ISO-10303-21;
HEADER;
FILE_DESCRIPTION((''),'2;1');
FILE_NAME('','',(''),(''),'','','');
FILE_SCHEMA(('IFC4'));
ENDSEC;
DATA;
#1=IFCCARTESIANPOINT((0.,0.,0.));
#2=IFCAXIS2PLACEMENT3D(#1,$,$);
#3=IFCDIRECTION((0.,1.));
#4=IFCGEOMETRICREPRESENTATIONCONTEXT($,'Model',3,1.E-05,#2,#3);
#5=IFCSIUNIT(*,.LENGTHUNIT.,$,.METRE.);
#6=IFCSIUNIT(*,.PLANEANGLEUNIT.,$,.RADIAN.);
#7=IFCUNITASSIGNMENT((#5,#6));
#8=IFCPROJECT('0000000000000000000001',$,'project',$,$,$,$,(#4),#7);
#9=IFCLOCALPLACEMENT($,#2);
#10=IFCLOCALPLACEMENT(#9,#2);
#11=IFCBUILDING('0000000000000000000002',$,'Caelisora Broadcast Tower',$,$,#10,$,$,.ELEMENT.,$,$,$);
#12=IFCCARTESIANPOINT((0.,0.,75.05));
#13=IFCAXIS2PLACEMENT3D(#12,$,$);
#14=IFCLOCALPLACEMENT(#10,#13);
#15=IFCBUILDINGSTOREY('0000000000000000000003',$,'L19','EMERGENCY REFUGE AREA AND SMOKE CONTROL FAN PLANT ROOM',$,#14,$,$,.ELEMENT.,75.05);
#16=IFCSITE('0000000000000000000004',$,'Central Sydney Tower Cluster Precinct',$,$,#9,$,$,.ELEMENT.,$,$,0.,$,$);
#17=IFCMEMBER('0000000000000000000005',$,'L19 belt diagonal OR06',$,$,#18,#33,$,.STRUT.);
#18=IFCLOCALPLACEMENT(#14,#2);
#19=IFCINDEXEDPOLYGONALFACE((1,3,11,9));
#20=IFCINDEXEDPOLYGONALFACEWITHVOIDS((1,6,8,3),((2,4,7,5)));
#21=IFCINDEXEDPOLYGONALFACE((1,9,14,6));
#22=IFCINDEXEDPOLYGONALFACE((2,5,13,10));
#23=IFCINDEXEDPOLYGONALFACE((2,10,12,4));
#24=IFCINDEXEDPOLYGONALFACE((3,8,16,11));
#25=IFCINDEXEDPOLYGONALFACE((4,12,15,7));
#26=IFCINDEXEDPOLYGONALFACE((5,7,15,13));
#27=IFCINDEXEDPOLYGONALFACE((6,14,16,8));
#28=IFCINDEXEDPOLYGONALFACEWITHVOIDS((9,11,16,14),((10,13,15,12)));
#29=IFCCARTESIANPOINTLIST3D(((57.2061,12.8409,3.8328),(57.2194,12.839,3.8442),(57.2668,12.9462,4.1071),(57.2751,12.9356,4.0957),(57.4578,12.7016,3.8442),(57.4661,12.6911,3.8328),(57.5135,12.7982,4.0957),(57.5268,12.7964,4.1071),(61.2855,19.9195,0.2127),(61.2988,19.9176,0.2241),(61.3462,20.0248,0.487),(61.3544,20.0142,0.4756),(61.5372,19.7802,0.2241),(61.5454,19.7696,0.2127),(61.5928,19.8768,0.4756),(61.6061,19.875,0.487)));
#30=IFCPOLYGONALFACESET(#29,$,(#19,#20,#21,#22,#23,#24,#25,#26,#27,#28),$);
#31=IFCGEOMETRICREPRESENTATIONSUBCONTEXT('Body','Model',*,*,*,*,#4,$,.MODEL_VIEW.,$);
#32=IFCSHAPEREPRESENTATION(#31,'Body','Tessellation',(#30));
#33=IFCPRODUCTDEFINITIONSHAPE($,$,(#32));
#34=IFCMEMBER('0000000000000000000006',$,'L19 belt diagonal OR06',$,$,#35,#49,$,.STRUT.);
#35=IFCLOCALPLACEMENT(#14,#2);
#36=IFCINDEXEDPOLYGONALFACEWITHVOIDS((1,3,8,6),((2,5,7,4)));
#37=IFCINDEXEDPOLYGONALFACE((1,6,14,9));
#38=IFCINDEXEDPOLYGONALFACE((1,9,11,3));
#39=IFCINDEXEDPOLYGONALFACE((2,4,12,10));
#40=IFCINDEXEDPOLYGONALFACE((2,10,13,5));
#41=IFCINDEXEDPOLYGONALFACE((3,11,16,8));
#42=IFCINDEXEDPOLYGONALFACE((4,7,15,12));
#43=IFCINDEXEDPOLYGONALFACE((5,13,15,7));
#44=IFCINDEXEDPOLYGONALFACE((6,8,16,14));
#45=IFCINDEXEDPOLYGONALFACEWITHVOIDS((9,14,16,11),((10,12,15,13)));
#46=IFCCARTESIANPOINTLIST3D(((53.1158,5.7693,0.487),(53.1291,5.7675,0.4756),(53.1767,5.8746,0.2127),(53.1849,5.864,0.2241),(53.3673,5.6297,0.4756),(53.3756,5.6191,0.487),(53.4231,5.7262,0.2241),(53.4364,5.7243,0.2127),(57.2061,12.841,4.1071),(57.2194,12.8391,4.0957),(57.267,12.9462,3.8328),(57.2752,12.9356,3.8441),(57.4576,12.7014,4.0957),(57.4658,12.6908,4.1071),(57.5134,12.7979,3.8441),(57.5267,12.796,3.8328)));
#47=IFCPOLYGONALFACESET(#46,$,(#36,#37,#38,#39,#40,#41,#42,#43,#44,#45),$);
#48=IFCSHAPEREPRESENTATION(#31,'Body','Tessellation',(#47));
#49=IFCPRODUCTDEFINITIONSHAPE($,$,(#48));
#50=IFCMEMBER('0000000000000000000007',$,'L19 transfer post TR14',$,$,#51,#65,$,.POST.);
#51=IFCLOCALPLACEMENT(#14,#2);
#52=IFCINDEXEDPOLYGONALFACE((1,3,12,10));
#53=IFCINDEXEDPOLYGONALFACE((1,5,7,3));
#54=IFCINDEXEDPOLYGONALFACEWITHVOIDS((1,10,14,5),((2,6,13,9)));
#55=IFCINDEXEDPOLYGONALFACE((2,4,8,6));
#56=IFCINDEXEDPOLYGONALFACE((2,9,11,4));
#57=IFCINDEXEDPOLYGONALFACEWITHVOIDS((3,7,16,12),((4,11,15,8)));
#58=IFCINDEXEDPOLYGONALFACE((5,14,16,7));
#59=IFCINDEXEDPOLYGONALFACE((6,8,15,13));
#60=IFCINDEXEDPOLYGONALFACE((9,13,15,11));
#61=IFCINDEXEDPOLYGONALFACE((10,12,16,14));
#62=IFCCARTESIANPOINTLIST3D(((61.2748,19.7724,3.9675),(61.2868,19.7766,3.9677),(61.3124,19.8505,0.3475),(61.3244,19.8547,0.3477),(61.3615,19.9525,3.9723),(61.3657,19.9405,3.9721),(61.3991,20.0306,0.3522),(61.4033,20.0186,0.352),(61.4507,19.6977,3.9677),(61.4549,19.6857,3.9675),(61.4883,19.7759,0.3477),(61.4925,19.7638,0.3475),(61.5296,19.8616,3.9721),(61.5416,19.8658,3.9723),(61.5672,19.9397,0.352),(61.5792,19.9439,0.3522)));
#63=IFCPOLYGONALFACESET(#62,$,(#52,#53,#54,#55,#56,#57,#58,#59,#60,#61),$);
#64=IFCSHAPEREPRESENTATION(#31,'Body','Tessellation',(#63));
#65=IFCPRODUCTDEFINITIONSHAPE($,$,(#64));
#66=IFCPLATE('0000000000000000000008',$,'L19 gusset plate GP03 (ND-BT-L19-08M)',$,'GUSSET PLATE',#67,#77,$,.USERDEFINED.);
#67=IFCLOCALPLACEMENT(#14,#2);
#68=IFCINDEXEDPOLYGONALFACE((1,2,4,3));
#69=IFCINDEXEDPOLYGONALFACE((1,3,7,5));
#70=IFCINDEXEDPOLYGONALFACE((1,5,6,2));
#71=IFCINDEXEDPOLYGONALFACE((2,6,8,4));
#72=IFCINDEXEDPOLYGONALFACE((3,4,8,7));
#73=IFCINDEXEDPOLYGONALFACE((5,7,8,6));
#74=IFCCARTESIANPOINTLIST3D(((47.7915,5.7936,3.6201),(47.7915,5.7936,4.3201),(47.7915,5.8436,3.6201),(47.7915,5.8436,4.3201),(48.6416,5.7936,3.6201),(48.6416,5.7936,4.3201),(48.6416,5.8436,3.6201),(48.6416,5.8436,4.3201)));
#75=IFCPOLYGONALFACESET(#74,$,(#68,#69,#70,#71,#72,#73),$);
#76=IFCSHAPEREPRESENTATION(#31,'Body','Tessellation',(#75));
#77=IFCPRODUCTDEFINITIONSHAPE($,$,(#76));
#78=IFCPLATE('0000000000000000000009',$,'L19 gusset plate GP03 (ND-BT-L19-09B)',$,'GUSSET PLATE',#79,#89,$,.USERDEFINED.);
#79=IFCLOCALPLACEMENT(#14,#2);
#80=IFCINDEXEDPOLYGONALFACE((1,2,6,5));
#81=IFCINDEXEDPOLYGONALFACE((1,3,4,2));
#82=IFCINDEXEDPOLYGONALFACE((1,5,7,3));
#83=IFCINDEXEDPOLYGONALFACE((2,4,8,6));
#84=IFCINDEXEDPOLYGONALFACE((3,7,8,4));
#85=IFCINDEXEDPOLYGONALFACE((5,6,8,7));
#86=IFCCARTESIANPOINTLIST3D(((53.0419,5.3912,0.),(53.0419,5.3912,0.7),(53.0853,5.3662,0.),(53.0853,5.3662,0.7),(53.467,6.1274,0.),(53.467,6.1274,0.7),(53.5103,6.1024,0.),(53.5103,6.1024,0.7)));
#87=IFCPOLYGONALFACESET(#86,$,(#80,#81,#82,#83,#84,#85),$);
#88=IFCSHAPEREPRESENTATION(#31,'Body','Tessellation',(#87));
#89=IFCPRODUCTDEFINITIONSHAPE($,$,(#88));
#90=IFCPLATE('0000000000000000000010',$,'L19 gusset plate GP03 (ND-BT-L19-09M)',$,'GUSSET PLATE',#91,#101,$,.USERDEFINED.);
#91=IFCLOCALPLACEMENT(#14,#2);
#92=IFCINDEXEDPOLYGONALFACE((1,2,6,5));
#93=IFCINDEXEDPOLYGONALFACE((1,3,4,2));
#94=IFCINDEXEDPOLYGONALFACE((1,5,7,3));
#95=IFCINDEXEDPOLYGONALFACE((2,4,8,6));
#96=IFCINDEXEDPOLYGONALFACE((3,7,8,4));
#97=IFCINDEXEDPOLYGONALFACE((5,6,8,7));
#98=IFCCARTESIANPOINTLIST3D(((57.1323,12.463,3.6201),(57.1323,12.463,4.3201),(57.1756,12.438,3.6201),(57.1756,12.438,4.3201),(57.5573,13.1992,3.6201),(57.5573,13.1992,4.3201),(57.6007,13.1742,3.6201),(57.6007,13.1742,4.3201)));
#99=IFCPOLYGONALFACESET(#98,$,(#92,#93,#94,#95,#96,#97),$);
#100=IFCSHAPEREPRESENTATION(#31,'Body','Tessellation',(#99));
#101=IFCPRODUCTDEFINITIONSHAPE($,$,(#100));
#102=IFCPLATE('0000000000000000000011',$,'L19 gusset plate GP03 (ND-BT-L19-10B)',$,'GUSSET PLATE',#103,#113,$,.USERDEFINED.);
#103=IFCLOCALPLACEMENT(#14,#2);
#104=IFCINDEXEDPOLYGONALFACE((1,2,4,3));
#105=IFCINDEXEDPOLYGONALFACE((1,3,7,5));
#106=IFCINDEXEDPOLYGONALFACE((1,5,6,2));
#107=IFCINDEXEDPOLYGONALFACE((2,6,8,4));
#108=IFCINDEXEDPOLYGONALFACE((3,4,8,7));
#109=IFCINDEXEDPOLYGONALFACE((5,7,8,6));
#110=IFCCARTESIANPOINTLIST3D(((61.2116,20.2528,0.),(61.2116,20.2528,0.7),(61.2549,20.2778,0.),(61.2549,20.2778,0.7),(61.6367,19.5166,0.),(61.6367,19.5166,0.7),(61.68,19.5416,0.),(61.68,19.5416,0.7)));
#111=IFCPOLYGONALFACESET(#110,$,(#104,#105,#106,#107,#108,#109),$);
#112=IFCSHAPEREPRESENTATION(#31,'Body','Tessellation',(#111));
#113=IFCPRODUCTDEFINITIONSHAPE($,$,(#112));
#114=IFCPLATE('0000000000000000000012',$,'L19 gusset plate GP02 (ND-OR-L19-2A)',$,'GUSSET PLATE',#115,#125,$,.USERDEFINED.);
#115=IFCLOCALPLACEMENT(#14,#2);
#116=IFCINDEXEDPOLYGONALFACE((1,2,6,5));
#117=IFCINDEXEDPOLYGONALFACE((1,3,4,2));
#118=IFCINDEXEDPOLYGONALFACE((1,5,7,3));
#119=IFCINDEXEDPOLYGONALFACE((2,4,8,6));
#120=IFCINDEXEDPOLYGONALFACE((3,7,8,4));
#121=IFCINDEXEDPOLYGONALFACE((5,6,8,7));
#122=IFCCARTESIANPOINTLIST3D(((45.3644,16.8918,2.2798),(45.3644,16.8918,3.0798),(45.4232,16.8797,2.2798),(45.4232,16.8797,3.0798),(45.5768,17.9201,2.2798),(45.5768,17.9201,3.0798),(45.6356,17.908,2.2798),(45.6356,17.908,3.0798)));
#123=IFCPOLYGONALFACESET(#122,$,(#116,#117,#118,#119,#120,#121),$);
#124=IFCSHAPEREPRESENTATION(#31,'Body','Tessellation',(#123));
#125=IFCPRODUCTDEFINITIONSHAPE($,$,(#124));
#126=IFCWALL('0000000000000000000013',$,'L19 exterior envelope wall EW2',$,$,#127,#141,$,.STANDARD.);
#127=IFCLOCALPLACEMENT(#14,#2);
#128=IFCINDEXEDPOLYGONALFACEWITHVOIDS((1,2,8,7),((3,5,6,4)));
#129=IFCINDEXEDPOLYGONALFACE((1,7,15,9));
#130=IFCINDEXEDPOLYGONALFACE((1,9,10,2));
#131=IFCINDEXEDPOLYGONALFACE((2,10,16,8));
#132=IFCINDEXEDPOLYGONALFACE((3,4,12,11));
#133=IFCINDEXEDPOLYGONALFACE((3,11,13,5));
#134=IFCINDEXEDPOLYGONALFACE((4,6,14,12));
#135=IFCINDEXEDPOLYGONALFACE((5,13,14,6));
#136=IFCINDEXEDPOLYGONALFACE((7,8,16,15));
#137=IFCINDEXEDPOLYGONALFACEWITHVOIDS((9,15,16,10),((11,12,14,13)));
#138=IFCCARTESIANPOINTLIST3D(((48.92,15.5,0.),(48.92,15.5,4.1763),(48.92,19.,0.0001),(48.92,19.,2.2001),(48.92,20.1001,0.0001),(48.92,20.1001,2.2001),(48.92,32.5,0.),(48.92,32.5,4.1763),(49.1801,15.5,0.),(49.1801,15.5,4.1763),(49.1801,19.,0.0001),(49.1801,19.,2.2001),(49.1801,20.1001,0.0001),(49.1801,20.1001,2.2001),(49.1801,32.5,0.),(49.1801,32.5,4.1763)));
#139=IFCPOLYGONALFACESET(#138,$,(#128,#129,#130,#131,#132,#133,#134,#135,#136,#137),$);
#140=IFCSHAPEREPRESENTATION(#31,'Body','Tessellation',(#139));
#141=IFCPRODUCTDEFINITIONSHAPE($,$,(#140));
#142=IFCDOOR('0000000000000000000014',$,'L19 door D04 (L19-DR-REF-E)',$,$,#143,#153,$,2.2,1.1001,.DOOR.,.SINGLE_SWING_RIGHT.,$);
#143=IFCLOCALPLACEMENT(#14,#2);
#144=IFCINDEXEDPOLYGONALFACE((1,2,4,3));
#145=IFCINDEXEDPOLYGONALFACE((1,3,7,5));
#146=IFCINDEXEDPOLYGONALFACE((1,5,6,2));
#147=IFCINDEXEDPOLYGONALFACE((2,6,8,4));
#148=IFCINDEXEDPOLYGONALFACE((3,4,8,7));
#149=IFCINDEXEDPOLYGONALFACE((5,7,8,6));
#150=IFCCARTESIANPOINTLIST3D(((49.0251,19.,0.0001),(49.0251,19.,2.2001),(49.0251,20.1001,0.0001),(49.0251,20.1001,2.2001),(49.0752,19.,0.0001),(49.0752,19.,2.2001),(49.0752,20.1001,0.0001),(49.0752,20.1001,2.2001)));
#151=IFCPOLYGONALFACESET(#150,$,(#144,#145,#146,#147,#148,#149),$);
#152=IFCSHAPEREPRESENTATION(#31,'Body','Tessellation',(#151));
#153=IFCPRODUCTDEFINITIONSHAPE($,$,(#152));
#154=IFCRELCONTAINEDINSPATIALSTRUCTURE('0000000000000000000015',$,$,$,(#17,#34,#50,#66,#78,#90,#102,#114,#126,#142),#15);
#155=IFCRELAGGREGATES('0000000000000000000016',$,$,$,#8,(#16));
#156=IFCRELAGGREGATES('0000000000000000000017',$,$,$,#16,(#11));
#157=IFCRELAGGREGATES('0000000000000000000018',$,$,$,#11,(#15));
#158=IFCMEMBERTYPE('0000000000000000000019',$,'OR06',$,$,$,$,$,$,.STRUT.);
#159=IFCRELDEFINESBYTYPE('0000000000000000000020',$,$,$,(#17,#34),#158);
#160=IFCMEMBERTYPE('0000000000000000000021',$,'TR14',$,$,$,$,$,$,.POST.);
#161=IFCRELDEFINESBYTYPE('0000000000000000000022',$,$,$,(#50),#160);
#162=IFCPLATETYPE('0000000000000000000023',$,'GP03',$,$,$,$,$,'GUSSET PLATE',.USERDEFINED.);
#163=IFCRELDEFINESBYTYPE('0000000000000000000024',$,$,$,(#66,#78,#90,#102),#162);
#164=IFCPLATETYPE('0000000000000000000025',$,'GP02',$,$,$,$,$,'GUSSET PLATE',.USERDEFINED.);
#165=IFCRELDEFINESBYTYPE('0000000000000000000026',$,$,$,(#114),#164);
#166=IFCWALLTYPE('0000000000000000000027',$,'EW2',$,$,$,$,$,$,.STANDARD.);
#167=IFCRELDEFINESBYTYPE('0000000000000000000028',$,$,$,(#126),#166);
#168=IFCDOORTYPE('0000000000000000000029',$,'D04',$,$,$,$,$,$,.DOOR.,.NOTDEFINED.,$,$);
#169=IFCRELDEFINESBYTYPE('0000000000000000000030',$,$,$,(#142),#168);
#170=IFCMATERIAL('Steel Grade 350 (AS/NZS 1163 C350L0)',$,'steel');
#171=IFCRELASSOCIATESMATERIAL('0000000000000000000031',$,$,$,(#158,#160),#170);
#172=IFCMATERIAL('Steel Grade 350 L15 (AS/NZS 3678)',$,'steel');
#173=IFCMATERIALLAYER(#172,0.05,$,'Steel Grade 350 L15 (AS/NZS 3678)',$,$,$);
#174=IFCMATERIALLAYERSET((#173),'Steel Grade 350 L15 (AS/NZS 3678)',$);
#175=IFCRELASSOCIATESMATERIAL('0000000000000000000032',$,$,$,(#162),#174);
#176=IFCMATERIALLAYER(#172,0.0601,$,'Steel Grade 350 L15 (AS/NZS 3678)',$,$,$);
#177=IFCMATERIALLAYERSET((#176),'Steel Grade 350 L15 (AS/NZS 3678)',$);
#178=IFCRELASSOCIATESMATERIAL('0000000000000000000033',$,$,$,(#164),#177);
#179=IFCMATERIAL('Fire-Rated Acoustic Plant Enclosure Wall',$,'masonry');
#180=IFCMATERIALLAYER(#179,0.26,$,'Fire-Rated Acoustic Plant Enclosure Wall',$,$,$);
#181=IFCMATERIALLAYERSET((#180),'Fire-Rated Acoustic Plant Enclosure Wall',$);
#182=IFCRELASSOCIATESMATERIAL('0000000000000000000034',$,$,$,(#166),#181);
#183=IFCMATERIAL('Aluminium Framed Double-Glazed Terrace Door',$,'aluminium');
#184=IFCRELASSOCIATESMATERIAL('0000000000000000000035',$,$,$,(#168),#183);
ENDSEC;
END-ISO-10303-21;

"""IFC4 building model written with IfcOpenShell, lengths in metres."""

from ifc_helpers import new_model, si_unit, direction, frame, frame_2d, origin, origin_2d, place, context, subcontext, project, spatial, rectangle, hollow_rectangle, extrude, source, transform, mapped, material, layer, layer_set, material_profile, profile_set, type_object, type_shapes, element, fill, save


model = new_model("IFC4")

# Units and contexts
model_context = context("Model", 3, precision=1e-05, world=origin(), true_north=direction((0.0, 1.0)))
body_context = subcontext(model_context, "Body", "Model", "MODEL_VIEW")
ifc_project = project(units=[si_unit("LENGTHUNIT", "METRE"), si_unit("PLANEANGLEUNIT", "RADIAN")], contexts=[model_context])

# Site, building, storey
site_placement = place(None, origin())
site = spatial("IfcSite", under=ifc_project, at=site_placement, Name="Central Sydney Tower Cluster Precinct", CompositionType="ELEMENT", RefElevation=0.0)
building_placement = place(site_placement, origin())
building = spatial("IfcBuilding", under=site, at=building_placement, Name="Caelisora Broadcast Tower", CompositionType="ELEMENT")
storey_placement = place(building_placement, frame((0.0, 0.0, 75.05)))
storey = spatial("IfcBuildingStorey", under=building, at=storey_placement, Name="L19", Description="EMERGENCY REFUGE AREA AND SMOKE CONTROL FAN PLANT ROOM", CompositionType="ELEMENT", Elevation=75.05)

# Shared definitions
ifc_material_1 = material(Name="Steel Grade 350 L15 (AS/NZS 3678)", Category="steel")

# Members
ifc_material_2 = material(Name="Steel Grade 350 (AS/NZS 1163 C350L0)", Category="steel")
ifc_material_profile_1 = material_profile(ifc_material_2, hollow_rectangle(XDim=0.3, YDim=0.3, WallThickness=0.0125, at=origin_2d()), Name="Steel Grade 350 (AS/NZS 1163 C350L0)")
ifc_profile_set_1 = profile_set([ifc_material_profile_1], Name="Steel Grade 350 (AS/NZS 1163 C350L0)")
member_type_1 = type_object("IfcMemberType", Name="OR06", PredefinedType="STRUT", material=ifc_profile_set_1)
shared_shape_1 = source(origin(), body_context, "Body", "SweptSolid", [
    extrude(hollow_rectangle(XDim=0.3, YDim=0.3, WallThickness=0.0125, at=origin_2d()), origin(), (0.0, 0.0, 1.0), 8.936),
])
member_1_placement = place(storey_placement, frame((61.4458, 19.8972, 0.3499), z_axis=(-0.456504, -0.792141, 0.405114), x_axis=(0.866422, -0.499312, 0.0)))
element("IfcMember", 1, at=member_1_placement, inside=storey, type_object=member_type_1, Name="L19 belt diagonal OR06", PredefinedType="STRUT", context=body_context, shape_type="MappedRepresentation", body=[
    mapped(shared_shape_1, transform((0.0, 0.0, 0.0), scale=1.0)),
])
shared_shape_2 = source(origin(), body_context, "Body", "SweptSolid", [
    extrude(hollow_rectangle(XDim=0.3, YDim=0.3, WallThickness=0.0125, at=origin_2d()), origin(), (0.0, 0.0, 1.0), 8.9355),
])
member_2_placement = place(storey_placement, frame((53.2761, 5.7468, 0.3499), z_axis=(0.457754, 0.79141, 0.405131), x_axis=(-0.865631, 0.500683, 0.0)))
element("IfcMember", 2, at=member_2_placement, inside=storey, type_object=member_type_1, Name="L19 belt diagonal OR06", PredefinedType="STRUT", context=body_context, shape_type="MappedRepresentation", body=[
    mapped(shared_shape_2, transform((0.0, 0.0, 0.0), scale=1.0)),
])
ifc_material_profile_2 = material_profile(ifc_material_2, hollow_rectangle(XDim=0.2, YDim=0.2, WallThickness=0.009, at=origin_2d()), Name="Steel Grade 350 (AS/NZS 1163 C350L0)")
ifc_profile_set_2 = profile_set([ifc_material_profile_2], Name="Steel Grade 350 (AS/NZS 1163 C350L0)")
member_type_2 = type_object("IfcMemberType", Name="TR14", PredefinedType="POST", material=ifc_profile_set_2)
shared_shape_3 = source(origin(), body_context, "Body", "SweptSolid", [
    extrude(hollow_rectangle(XDim=0.2, YDim=0.2, WallThickness=0.009, at=origin_2d()), origin(), (0.0, 0.0, 1.0), 3.6211),
])
type_shapes(member_type_2, [shared_shape_3])
member_3_placement = place(storey_placement, frame((61.4458, 19.8972, 0.3499), z_axis=(-0.010383, -0.021575, 0.999713), x_axis=(0.901083, -0.433646, 0.0)))
element("IfcMember", 3, at=member_3_placement, inside=storey, type_object=member_type_2, Name="L19 transfer post TR14", PredefinedType="POST", context=body_context, shape_type="MappedRepresentation", body=[
    mapped(shared_shape_3, transform((0.0, 0.0, 0.0), scale=1.0)),
])

# Plates
ifc_layer_1 = layer(ifc_material_1, 0.05, Name="Steel Grade 350 L15 (AS/NZS 3678)")
ifc_layer_set_1 = layer_set([ifc_layer_1], Name="Steel Grade 350 L15 (AS/NZS 3678)")
plate_type_1 = type_object("IfcPlateType", Name="GP03", ElementType="GUSSET PLATE", PredefinedType="USERDEFINED", material=ifc_layer_set_1)
shared_shape_4 = source(origin(), body_context, "Body", "SweptSolid", [
    extrude(rectangle(XDim=0.8501, YDim=0.05, at=origin_2d()), origin(), (0.0, 0.0, 1.0), 0.7),
])
type_shapes(plate_type_1, [shared_shape_4])
for number, where, z_axis, x_axis, name in (
    (4, (48.2166, 5.8186, 3.6201), (0.0, 0.0, 1.0), (1.0, 0.0, 0.0), "L19 gusset plate GP03 (ND-BT-L19-08M)"),
    (5, (53.2761, 5.7468, 0.0), (0.0, 0.0, 1.0), (0.5, 0.866025, 0.0), "L19 gusset plate GP03 (ND-BT-L19-09B)"),
    (6, (57.3665, 12.8186, 3.6201), (0.0, 0.0, 1.0), (0.5, 0.866025, 0.0), "L19 gusset plate GP03 (ND-BT-L19-09M)"),
    (7, (61.4458, 19.8972, 0.0), (0.0, 0.0, 1.0), (-0.5, 0.866025, 0.0), "L19 gusset plate GP03 (ND-BT-L19-10B)"),
):
    element("IfcPlate", number, at=place(storey_placement, frame(where, z_axis=z_axis, x_axis=x_axis)), inside=storey, type_object=plate_type_1, Name=name, ObjectType="GUSSET PLATE", PredefinedType="USERDEFINED", context=body_context, shape_type="MappedRepresentation", body=[
        mapped(shared_shape_4, transform((0.0, 0.0, 0.0), scale=1.0)),
    ])
ifc_layer_2 = layer(ifc_material_1, 0.0601, Name="Steel Grade 350 L15 (AS/NZS 3678)")
ifc_layer_set_2 = layer_set([ifc_layer_2], Name="Steel Grade 350 L15 (AS/NZS 3678)")
plate_type_2 = type_object("IfcPlateType", Name="GP02", ElementType="GUSSET PLATE", PredefinedType="USERDEFINED", material=ifc_layer_set_2)
shared_shape_5 = source(origin(), body_context, "Body", "SweptSolid", [
    extrude(rectangle(XDim=1.05, YDim=0.0601, at=origin_2d()), origin(), (0.0, 0.0, 1.0), 0.8),
])
type_shapes(plate_type_2, [shared_shape_5])
plate_placement = place(storey_placement, frame((45.5, 17.3999, 2.2798), z_axis=(0.0, 0.0, 1.0), x_axis=(-0.202275, -0.979329, 0.0)))
element("IfcPlate", 8, at=plate_placement, inside=storey, type_object=plate_type_2, Name="L19 gusset plate GP02 (ND-OR-L19-2A)", ObjectType="GUSSET PLATE", PredefinedType="USERDEFINED", context=body_context, shape_type="MappedRepresentation", body=[
    mapped(shared_shape_5, transform((0.0, 0.0, 0.0), scale=1.0)),
])

# Wall, opening, door
ifc_material_3 = material(Name="Fire-Rated Acoustic Plant Enclosure Wall", Category="masonry")
ifc_layer_3 = layer(ifc_material_3, 0.26, Name="Fire-Rated Acoustic Plant Enclosure Wall")
ifc_layer_set_3 = layer_set([ifc_layer_3], Name="Fire-Rated Acoustic Plant Enclosure Wall")
wall_type = type_object("IfcWallType", Name="EW2", PredefinedType="STANDARD", material=ifc_layer_set_3)
wall_placement = place(storey_placement, frame((49.05, 15.5, 0.0), z_axis=(0.0, 0.0, 1.0), x_axis=(0.0, 1.0, 0.0)))
wall = element("IfcWall", 9, at=wall_placement, inside=storey, type_object=wall_type, Name="L19 exterior envelope wall EW2", PredefinedType="STANDARD", context=body_context, shape_type="SweptSolid", body=[
    extrude(rectangle(XDim=17.0, YDim=0.26, at=frame_2d((8.5, 0.0))), origin(), (0.0, 0.0, 1.0), 4.1763),
])
opening_placement = place(wall_placement, frame((3.5, 0.0, 0.0)))
opening = element("IfcOpeningElement", 10, at=opening_placement, cuts=wall, PredefinedType="OPENING", context=body_context, shape_type="SweptSolid", body=[
    extrude(rectangle(XDim=1.1001, YDim=2.2, at=frame_2d((0.55, 1.1001))), frame((0.0, 0.1421, 0.0), z_axis=(0.0, -1.0, 0.0), x_axis=(1.0, 0.0, 0.0)), (0.0, 0.0, 1.0), 0.2839),
])
ifc_material_4 = material(Name="Aluminium Framed Double-Glazed Terrace Door", Category="aluminium")
door_type = type_object("IfcDoorType", Name="D04", OperationType="NOTDEFINED", PredefinedType="DOOR", material=ifc_material_4)
door_placement = place(opening_placement, origin())
door = element("IfcDoor", 11, at=door_placement, inside=storey, type_object=door_type, Name="L19 door D04 (L19-DR-REF-E)", OperationType="SINGLE_SWING_RIGHT", OverallHeight=2.2, OverallWidth=1.1001, PredefinedType="DOOR", context=body_context, shape_type="SweptSolid", body=[
    extrude(rectangle(XDim=1.1001, YDim=2.2, at=frame_2d((0.55, 1.1001))), frame((0.0, 0.0249, 0.0), z_axis=(0.0, -1.0, 0.0), x_axis=(1.0, 0.0, 0.0)), (0.0, 0.0, 1.0), 0.05),
])
fill(opening, door)

save(model, "model.ifc")
